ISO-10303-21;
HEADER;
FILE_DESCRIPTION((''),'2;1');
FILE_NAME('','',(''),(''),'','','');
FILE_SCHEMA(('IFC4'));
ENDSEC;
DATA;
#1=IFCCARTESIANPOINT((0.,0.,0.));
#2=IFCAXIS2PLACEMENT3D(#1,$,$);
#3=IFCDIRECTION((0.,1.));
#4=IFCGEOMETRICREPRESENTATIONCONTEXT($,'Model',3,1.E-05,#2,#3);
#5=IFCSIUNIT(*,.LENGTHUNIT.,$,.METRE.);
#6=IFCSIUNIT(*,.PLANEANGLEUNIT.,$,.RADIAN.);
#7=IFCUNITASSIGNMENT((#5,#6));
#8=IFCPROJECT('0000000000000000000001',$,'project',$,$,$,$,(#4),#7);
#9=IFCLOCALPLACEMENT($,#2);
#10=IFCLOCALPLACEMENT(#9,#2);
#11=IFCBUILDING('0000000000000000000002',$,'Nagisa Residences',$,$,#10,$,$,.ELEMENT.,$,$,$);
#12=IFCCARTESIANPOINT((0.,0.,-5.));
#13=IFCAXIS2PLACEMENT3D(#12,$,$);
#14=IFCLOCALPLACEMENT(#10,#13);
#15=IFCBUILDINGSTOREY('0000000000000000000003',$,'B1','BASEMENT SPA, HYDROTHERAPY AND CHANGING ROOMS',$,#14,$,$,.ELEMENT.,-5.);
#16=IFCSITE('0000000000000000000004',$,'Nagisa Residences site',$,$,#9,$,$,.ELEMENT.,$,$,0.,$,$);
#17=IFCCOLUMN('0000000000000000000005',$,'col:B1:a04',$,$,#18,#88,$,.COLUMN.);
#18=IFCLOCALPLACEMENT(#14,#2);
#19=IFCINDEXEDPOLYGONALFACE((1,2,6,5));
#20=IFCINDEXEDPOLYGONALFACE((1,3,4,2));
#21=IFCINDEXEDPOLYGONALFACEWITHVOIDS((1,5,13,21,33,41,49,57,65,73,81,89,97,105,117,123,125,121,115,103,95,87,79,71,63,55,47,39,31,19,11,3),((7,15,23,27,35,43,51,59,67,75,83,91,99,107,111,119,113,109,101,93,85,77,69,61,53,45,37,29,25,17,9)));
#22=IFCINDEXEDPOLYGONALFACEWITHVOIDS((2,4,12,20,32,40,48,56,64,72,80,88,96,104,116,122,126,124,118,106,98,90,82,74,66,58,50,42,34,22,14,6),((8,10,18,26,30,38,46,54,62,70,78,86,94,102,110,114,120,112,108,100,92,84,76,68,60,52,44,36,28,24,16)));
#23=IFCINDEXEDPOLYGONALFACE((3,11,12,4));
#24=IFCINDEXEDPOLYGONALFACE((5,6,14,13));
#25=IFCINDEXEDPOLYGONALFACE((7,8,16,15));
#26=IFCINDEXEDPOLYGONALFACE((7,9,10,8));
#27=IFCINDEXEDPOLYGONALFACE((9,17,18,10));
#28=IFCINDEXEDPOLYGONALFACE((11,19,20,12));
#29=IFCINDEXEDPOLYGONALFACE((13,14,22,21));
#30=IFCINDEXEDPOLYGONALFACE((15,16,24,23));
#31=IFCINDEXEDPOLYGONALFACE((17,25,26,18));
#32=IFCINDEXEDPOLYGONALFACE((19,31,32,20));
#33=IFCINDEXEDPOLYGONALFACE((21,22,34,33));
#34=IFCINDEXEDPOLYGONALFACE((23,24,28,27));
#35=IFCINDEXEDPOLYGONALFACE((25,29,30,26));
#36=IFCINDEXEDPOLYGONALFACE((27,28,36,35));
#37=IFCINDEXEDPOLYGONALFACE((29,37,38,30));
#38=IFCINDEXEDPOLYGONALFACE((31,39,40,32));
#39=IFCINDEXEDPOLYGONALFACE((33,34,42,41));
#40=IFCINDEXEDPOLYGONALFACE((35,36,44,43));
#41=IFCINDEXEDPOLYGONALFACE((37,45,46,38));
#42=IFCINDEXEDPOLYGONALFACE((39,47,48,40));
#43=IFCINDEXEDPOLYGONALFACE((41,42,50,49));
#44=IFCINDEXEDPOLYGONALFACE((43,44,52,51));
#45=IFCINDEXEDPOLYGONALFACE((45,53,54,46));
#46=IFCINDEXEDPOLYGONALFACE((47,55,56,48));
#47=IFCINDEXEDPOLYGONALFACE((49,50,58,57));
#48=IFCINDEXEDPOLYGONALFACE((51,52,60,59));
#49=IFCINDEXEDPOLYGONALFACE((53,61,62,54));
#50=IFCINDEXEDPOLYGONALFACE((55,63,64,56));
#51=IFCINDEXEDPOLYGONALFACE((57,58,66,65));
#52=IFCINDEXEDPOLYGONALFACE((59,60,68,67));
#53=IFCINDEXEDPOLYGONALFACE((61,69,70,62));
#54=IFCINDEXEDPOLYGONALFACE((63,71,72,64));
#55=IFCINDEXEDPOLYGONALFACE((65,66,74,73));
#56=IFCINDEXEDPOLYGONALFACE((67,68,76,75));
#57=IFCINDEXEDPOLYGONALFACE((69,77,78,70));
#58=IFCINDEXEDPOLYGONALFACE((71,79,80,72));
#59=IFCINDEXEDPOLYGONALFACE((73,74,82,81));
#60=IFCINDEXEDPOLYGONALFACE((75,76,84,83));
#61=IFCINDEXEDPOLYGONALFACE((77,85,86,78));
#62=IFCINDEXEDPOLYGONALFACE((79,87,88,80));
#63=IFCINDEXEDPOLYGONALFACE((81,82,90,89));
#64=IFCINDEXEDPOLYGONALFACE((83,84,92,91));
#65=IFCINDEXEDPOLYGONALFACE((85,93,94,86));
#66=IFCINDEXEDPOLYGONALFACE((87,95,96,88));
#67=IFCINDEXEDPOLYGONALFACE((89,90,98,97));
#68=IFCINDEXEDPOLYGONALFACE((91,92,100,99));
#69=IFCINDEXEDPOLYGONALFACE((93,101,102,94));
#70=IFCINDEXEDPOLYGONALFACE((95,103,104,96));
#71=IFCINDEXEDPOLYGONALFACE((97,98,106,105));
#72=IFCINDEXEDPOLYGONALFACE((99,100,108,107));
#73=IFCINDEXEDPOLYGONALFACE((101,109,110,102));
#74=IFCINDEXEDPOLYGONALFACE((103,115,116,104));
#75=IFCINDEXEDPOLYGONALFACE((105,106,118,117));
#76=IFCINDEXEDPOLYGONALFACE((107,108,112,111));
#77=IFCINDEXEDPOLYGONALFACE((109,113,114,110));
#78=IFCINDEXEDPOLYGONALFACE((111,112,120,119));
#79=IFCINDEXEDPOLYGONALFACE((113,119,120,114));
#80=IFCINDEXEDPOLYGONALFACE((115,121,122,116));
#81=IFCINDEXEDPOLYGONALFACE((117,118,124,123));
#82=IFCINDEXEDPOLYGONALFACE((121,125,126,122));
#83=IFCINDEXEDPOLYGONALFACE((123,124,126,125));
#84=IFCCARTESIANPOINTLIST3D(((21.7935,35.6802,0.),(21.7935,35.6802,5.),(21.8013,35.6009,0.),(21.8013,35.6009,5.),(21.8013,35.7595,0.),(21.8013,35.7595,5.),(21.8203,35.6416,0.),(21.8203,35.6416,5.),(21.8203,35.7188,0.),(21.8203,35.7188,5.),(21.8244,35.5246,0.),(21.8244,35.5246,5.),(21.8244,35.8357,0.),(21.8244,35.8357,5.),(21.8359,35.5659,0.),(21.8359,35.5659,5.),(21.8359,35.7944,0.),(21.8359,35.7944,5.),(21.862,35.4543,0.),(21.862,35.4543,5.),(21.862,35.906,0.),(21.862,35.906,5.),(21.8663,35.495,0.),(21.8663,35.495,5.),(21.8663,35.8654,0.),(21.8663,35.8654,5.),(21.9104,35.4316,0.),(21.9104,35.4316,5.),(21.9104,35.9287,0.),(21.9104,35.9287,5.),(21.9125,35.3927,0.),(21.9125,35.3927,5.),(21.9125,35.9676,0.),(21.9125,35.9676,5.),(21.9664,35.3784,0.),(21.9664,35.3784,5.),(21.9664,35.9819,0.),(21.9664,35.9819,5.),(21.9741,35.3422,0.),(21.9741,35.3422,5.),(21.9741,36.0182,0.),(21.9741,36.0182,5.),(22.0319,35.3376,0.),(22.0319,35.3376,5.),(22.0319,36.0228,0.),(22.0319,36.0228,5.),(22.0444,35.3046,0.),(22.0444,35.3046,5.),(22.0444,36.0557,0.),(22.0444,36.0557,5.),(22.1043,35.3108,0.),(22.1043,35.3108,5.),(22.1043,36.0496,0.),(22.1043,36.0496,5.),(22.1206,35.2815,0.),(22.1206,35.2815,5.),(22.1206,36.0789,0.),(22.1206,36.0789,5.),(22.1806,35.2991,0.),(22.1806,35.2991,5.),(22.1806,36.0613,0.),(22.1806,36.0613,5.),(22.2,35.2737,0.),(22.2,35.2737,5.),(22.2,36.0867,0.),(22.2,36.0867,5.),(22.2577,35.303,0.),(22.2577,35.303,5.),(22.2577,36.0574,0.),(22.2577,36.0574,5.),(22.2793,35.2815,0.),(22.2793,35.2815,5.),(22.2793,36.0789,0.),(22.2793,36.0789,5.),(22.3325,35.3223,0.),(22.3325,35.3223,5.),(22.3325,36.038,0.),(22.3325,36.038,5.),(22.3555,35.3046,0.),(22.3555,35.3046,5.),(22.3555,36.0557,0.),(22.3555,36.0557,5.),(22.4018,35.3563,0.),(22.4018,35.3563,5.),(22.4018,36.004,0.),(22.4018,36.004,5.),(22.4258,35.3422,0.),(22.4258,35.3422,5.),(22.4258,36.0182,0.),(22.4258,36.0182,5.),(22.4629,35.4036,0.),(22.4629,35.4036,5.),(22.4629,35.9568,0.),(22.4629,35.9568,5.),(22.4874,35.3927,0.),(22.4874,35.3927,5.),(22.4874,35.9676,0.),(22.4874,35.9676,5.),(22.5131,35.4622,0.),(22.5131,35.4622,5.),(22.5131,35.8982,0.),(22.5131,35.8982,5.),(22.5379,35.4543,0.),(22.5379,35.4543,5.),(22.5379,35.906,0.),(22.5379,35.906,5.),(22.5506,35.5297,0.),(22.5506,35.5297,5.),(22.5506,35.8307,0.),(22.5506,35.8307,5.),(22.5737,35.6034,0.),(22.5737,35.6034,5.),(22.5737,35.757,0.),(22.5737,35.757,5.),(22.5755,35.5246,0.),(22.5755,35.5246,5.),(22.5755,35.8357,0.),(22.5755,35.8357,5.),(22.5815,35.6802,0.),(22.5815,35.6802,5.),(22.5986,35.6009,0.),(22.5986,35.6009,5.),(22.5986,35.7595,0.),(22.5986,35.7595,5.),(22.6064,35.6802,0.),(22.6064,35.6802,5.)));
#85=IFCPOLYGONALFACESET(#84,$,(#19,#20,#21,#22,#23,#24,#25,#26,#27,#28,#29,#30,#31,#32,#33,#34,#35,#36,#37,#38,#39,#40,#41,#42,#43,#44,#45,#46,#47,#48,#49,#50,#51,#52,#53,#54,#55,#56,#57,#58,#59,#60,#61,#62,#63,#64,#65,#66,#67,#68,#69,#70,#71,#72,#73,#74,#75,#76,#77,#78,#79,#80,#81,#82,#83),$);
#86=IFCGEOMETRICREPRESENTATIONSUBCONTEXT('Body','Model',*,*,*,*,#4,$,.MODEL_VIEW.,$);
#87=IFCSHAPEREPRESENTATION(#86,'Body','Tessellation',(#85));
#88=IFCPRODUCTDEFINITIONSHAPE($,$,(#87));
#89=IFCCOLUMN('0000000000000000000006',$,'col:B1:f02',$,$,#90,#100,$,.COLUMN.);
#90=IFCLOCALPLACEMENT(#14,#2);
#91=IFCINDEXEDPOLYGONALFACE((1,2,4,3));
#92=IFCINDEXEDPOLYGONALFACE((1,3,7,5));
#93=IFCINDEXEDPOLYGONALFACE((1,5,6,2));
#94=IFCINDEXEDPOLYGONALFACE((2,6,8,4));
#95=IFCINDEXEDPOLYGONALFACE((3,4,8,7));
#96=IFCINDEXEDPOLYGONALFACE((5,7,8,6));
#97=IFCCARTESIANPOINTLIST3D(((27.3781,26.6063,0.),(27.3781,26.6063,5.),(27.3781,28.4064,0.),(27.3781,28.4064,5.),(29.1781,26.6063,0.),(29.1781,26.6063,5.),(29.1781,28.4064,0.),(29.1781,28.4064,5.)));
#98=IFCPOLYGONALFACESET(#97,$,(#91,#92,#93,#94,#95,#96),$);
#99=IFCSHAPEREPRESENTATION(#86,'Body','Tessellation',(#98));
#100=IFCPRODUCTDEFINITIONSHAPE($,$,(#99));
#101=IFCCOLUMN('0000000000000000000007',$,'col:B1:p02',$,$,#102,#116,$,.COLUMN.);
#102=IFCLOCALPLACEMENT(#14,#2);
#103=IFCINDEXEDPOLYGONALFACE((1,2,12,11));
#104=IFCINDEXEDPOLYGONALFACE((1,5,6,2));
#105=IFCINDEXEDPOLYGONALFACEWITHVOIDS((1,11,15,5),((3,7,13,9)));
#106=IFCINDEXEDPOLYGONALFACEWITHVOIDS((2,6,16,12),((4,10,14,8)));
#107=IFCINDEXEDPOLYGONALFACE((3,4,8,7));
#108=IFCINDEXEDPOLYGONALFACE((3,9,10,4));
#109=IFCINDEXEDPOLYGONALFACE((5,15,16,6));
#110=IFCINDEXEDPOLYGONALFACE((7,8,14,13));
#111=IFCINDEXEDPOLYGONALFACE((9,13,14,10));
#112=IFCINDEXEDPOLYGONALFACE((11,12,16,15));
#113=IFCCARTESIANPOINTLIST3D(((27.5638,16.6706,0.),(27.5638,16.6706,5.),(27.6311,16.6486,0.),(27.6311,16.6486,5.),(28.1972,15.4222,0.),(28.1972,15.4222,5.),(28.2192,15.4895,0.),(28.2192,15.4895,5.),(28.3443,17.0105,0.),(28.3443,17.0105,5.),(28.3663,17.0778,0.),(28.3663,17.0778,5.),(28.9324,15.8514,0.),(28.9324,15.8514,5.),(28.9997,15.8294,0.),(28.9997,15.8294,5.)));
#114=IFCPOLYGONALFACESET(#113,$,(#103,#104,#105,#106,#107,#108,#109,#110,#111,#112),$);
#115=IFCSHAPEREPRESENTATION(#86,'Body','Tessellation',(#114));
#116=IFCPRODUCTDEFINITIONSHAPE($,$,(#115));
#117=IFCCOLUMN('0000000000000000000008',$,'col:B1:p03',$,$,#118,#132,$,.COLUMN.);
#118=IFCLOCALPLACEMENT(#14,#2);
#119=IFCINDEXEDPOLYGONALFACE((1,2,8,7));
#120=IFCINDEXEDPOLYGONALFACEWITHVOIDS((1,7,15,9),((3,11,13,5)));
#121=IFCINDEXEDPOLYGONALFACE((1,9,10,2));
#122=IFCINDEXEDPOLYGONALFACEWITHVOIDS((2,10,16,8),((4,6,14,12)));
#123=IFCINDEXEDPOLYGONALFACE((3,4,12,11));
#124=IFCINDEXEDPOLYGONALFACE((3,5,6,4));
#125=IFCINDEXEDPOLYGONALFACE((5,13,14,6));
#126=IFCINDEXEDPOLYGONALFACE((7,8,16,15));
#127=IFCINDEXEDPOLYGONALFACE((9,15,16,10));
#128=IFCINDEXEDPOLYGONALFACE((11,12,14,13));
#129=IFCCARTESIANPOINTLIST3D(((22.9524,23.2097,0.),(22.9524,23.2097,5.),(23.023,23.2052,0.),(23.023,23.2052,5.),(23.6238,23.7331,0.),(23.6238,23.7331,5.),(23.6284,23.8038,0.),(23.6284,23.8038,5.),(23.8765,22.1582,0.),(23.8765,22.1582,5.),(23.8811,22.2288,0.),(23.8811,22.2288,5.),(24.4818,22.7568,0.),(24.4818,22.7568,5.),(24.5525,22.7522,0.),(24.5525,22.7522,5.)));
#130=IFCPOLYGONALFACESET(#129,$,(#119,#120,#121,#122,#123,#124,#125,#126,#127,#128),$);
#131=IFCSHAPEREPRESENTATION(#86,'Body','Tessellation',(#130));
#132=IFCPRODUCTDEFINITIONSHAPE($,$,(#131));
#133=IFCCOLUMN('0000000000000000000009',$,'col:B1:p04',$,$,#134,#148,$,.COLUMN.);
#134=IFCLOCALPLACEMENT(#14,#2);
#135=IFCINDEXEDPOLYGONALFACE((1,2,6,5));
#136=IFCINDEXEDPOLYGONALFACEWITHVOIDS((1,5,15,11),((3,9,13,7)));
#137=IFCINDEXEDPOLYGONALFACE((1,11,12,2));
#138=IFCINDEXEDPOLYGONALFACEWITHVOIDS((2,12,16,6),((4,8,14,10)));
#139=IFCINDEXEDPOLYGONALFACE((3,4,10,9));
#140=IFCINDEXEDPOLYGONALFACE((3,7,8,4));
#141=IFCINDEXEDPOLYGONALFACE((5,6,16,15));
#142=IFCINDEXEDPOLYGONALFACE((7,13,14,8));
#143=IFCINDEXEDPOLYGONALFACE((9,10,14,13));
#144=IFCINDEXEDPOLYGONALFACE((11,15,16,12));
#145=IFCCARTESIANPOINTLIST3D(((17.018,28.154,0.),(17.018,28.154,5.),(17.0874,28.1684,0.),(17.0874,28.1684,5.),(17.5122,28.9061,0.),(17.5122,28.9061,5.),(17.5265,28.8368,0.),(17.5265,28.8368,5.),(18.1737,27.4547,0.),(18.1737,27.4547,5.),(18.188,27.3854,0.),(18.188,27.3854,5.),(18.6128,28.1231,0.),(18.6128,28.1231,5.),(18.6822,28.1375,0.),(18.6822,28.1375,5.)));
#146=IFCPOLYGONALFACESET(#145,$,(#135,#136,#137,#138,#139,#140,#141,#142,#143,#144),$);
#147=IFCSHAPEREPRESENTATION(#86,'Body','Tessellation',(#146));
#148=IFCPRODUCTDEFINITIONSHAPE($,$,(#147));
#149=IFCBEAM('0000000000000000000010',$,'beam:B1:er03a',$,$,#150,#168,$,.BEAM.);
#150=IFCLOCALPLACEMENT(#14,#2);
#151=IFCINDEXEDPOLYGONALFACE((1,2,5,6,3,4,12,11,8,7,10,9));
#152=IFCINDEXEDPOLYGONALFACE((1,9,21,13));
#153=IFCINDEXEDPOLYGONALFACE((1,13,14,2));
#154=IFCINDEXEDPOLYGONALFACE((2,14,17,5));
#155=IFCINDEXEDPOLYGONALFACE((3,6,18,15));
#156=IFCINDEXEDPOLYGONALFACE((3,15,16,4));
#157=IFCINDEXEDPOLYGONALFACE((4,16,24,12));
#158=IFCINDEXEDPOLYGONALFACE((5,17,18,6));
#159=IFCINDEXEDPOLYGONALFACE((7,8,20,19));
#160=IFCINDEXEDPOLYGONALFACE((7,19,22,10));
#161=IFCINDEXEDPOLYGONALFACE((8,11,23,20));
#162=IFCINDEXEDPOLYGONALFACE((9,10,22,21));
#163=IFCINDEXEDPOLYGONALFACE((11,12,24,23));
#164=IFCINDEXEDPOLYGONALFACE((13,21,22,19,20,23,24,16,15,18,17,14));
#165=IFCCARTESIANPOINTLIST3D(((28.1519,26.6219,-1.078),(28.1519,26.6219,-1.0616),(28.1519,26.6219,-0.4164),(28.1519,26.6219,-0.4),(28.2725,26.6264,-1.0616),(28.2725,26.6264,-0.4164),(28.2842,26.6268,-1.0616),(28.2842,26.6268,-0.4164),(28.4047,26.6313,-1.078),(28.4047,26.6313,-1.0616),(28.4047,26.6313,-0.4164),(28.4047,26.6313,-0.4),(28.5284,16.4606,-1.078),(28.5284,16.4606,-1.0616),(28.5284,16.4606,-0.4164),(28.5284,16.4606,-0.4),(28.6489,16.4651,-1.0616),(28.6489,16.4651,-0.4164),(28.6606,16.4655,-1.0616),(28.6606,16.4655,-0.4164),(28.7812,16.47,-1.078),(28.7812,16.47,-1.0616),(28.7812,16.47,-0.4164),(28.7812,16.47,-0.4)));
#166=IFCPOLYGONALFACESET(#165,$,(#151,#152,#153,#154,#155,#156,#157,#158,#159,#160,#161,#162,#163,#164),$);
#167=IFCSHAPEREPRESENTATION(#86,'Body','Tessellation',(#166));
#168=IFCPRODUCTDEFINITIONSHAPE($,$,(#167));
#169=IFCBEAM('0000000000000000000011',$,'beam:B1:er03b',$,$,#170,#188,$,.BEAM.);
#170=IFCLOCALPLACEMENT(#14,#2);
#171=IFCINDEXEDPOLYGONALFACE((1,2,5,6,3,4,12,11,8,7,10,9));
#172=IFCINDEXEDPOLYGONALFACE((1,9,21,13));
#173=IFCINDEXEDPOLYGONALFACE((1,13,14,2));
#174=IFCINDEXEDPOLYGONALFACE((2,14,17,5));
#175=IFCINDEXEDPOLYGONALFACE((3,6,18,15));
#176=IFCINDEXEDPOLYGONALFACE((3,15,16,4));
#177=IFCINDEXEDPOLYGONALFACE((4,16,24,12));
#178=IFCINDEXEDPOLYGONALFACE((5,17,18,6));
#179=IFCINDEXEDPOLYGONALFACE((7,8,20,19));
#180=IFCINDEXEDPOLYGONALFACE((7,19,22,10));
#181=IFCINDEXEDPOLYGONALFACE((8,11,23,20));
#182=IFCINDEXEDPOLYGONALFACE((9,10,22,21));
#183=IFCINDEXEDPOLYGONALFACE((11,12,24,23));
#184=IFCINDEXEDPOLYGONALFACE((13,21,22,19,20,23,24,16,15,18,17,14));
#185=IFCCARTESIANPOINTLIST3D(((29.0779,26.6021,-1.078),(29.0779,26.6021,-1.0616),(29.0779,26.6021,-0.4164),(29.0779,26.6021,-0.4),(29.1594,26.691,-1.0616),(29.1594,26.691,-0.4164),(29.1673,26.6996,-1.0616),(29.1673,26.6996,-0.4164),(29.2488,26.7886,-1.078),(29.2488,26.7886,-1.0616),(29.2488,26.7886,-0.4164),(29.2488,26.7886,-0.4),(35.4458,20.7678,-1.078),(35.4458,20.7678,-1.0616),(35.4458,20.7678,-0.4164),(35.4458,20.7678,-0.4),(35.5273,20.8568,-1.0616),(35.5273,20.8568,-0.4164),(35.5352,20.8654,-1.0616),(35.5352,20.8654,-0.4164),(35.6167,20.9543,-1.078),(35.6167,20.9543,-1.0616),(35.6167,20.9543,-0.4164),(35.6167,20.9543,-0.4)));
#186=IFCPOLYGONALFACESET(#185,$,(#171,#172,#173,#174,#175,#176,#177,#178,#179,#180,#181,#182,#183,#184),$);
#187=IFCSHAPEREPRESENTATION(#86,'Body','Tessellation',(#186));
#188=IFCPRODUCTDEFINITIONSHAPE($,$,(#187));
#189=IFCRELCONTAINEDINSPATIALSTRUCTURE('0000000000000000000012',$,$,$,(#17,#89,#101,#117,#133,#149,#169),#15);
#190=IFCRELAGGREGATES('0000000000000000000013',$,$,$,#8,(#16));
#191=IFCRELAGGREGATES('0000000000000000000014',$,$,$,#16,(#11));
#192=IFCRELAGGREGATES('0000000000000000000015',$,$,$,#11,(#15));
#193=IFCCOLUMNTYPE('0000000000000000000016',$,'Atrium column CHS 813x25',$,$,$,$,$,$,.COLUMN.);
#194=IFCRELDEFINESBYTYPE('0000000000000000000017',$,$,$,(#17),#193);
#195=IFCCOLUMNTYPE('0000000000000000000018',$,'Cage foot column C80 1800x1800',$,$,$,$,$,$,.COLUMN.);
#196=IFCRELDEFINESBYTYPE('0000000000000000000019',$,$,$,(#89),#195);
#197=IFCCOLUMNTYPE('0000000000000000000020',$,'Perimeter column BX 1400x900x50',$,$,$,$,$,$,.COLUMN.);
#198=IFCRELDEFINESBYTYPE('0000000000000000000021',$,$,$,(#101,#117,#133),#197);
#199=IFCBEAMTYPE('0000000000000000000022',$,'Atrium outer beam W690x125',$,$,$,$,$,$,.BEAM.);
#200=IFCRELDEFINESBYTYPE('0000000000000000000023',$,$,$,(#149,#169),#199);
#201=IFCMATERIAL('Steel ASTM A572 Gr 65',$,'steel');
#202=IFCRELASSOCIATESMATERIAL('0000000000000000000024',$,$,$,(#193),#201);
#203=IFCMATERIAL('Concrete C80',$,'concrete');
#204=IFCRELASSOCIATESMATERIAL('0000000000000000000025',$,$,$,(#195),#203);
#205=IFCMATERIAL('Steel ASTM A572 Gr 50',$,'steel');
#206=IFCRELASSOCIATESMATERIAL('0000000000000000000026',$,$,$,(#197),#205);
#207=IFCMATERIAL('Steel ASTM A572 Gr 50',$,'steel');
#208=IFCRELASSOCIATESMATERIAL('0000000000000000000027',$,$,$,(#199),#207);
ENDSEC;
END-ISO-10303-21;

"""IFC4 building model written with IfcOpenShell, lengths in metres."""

from ifc_helpers import new_model, si_unit, direction, frame, origin, origin_2d, place, context, subcontext, project, spatial, rectangle, hollow_rectangle, hollow_circle, i_section, extrude, material, material_profile, profile_set, type_object, element, save


model = new_model("IFC4")

# Units and contexts
model_context = context("Model", 3, precision=1e-05, world=origin(), true_north=direction((0.0, 1.0)))
body_context = subcontext(model_context, "Body", "Model", "MODEL_VIEW")
ifc_project = project(units=[si_unit("LENGTHUNIT", "METRE"), si_unit("PLANEANGLEUNIT", "RADIAN")], contexts=[model_context])

# Site, building, storey
site_placement = place(None, origin())
site = spatial("IfcSite", under=ifc_project, at=site_placement, Name="Nagisa Residences site", CompositionType="ELEMENT", RefElevation=0.0)
building_placement = place(site_placement, origin())
building = spatial("IfcBuilding", under=site, at=building_placement, Name="Nagisa Residences", CompositionType="ELEMENT")
storey_placement = place(building_placement, frame((0.0, 0.0, -5.0)))
storey = spatial("IfcBuildingStorey", under=building, at=storey_placement, Name="B1", Description="BASEMENT SPA, HYDROTHERAPY AND CHANGING ROOMS", CompositionType="ELEMENT", Elevation=-5.0)

# Columns
ifc_material_1 = material(Name="Steel ASTM A572 Gr 65", Category="steel")
ifc_material_profile_1 = material_profile(ifc_material_1, hollow_circle(Radius=0.4065, WallThickness=0.0249, at=origin_2d()), Name="CHS 813x25")
ifc_profile_set_1 = profile_set([ifc_material_profile_1], Name="Steel ASTM A572 Gr 65")
column_type_1 = type_object("IfcColumnType", Name="Atrium column CHS 813x25", PredefinedType="COLUMN", material=ifc_profile_set_1)
for number, where, z_axis, x_axis, name in (
    (1, (22.2, 35.6802, 0.0), (0.0, 0.0, 1.0), (1.0, 0.0, 0.0), "col:B1:a04"),
):
    element("IfcColumn", number, at=place(storey_placement, frame(where, z_axis=z_axis, x_axis=x_axis)), inside=storey, type_object=column_type_1, Name=name, PredefinedType="COLUMN", context=body_context, shape_type="SweptSolid", body=[
        extrude(hollow_circle(Radius=0.4065, WallThickness=0.0249, at=origin_2d()), origin(), (0.0, 0.0, 1.0), 5.0),
    ])
ifc_material_2 = material(Name="Concrete C80", Category="concrete")
ifc_material_profile_2 = material_profile(ifc_material_2, rectangle(XDim=1.8, YDim=1.8, at=origin_2d()), Name="C80 1800x1800")
ifc_profile_set_2 = profile_set([ifc_material_profile_2], Name="Concrete C80")
column_type_2 = type_object("IfcColumnType", Name="Cage foot column C80 1800x1800", PredefinedType="COLUMN", material=ifc_profile_set_2)
column_placement = place(storey_placement, frame((28.2781, 27.5063, 0.0), z_axis=(0.0, 0.0, 1.0), x_axis=(1.0, 0.0, 0.0)))
element("IfcColumn", 2, at=column_placement, inside=storey, type_object=column_type_2, Name="col:B1:f02", PredefinedType="COLUMN", context=body_context, shape_type="SweptSolid", body=[
    extrude(rectangle(XDim=1.8, YDim=1.8, at=origin_2d()), origin(), (0.0, 0.0, 1.0), 5.0),
])
ifc_material_3 = material(Name="Steel ASTM A572 Gr 50", Category="steel")
ifc_material_profile_3 = material_profile(ifc_material_3, hollow_rectangle(XDim=1.3999, YDim=0.8999, WallThickness=0.05, at=origin_2d()), Name="BX 1400x900x50")
ifc_profile_set_3 = profile_set([ifc_material_profile_3], Name="Steel ASTM A572 Gr 50")
column_type_3 = type_object("IfcColumnType", Name="Perimeter column BX 1400x900x50", PredefinedType="COLUMN", material=ifc_profile_set_3)
for number, where, z_axis, x_axis, name in (
    (3, (28.2817, 16.25, 0.0), (0.0, 0.0, 1.0), (-0.452463, 0.891783, 0.0), "col:B1:p02"),
    (4, (23.7524, 22.981, 0.0), (0.0, 0.0, 1.0), (-0.660115, 0.751165, 0.0), "col:B1:p03"),
    (5, (17.8501, 28.1458, 0.0), (0.0, 0.0, 1.0), (-0.835766, 0.549086, 0.0), "col:B1:p04"),
):
    element("IfcColumn", number, at=place(storey_placement, frame(where, z_axis=z_axis, x_axis=x_axis)), inside=storey, type_object=column_type_3, Name=name, PredefinedType="COLUMN", context=body_context, shape_type="SweptSolid", body=[
        extrude(hollow_rectangle(XDim=1.3999, YDim=0.8999, WallThickness=0.05, at=origin_2d()), origin(), (0.0, 0.0, 1.0), 5.0),
    ])

# Beams
ifc_material_4 = material(Name="Steel ASTM A572 Gr 50", Category="steel")
ifc_material_profile_4 = material_profile(ifc_material_4, i_section(OverallWidth=0.2529, OverallDepth=0.678, WebThickness=0.0117, FlangeThickness=0.0164, at=origin_2d()), Name="W690x125")
ifc_profile_set_4 = profile_set([ifc_material_profile_4], Name="Steel ASTM A572 Gr 50")
beam_type_1 = type_object("IfcBeamType", Name="Atrium outer beam W690x125", PredefinedType="BEAM", material=ifc_profile_set_4)
beam_1_placement = place(storey_placement, frame((28.6548, 16.4653, -0.739), z_axis=(-0.037024, 0.999314, 0.0), x_axis=(-0.999314, -0.037024, 0.0)))
element("IfcBeam", 6, at=beam_1_placement, inside=storey, type_object=beam_type_1, Name="beam:B1:er03a", PredefinedType="BEAM", context=body_context, shape_type="SweptSolid", body=[
    extrude(i_section(OverallWidth=0.2529, OverallDepth=0.678, WebThickness=0.0117, FlangeThickness=0.0164, at=origin_2d()), origin(), (0.0, 0.0, 1.0), 10.1682),
])
beam_2_placement = place(storey_placement, frame((29.1633, 26.6953, -0.739), z_axis=(0.737329, -0.675534, 0.0), x_axis=(0.675534, 0.737329, 0.0)))
element("IfcBeam", 7, at=beam_2_placement, inside=storey, type_object=beam_type_1, Name="beam:B1:er03b", PredefinedType="BEAM", context=body_context, shape_type="SweptSolid", body=[
    extrude(i_section(OverallWidth=0.2529, OverallDepth=0.678, WebThickness=0.0117, FlangeThickness=0.0164, at=origin_2d()), origin(), (0.0, 0.0, 1.0), 8.6365),
])

save(model, "model.ifc")
